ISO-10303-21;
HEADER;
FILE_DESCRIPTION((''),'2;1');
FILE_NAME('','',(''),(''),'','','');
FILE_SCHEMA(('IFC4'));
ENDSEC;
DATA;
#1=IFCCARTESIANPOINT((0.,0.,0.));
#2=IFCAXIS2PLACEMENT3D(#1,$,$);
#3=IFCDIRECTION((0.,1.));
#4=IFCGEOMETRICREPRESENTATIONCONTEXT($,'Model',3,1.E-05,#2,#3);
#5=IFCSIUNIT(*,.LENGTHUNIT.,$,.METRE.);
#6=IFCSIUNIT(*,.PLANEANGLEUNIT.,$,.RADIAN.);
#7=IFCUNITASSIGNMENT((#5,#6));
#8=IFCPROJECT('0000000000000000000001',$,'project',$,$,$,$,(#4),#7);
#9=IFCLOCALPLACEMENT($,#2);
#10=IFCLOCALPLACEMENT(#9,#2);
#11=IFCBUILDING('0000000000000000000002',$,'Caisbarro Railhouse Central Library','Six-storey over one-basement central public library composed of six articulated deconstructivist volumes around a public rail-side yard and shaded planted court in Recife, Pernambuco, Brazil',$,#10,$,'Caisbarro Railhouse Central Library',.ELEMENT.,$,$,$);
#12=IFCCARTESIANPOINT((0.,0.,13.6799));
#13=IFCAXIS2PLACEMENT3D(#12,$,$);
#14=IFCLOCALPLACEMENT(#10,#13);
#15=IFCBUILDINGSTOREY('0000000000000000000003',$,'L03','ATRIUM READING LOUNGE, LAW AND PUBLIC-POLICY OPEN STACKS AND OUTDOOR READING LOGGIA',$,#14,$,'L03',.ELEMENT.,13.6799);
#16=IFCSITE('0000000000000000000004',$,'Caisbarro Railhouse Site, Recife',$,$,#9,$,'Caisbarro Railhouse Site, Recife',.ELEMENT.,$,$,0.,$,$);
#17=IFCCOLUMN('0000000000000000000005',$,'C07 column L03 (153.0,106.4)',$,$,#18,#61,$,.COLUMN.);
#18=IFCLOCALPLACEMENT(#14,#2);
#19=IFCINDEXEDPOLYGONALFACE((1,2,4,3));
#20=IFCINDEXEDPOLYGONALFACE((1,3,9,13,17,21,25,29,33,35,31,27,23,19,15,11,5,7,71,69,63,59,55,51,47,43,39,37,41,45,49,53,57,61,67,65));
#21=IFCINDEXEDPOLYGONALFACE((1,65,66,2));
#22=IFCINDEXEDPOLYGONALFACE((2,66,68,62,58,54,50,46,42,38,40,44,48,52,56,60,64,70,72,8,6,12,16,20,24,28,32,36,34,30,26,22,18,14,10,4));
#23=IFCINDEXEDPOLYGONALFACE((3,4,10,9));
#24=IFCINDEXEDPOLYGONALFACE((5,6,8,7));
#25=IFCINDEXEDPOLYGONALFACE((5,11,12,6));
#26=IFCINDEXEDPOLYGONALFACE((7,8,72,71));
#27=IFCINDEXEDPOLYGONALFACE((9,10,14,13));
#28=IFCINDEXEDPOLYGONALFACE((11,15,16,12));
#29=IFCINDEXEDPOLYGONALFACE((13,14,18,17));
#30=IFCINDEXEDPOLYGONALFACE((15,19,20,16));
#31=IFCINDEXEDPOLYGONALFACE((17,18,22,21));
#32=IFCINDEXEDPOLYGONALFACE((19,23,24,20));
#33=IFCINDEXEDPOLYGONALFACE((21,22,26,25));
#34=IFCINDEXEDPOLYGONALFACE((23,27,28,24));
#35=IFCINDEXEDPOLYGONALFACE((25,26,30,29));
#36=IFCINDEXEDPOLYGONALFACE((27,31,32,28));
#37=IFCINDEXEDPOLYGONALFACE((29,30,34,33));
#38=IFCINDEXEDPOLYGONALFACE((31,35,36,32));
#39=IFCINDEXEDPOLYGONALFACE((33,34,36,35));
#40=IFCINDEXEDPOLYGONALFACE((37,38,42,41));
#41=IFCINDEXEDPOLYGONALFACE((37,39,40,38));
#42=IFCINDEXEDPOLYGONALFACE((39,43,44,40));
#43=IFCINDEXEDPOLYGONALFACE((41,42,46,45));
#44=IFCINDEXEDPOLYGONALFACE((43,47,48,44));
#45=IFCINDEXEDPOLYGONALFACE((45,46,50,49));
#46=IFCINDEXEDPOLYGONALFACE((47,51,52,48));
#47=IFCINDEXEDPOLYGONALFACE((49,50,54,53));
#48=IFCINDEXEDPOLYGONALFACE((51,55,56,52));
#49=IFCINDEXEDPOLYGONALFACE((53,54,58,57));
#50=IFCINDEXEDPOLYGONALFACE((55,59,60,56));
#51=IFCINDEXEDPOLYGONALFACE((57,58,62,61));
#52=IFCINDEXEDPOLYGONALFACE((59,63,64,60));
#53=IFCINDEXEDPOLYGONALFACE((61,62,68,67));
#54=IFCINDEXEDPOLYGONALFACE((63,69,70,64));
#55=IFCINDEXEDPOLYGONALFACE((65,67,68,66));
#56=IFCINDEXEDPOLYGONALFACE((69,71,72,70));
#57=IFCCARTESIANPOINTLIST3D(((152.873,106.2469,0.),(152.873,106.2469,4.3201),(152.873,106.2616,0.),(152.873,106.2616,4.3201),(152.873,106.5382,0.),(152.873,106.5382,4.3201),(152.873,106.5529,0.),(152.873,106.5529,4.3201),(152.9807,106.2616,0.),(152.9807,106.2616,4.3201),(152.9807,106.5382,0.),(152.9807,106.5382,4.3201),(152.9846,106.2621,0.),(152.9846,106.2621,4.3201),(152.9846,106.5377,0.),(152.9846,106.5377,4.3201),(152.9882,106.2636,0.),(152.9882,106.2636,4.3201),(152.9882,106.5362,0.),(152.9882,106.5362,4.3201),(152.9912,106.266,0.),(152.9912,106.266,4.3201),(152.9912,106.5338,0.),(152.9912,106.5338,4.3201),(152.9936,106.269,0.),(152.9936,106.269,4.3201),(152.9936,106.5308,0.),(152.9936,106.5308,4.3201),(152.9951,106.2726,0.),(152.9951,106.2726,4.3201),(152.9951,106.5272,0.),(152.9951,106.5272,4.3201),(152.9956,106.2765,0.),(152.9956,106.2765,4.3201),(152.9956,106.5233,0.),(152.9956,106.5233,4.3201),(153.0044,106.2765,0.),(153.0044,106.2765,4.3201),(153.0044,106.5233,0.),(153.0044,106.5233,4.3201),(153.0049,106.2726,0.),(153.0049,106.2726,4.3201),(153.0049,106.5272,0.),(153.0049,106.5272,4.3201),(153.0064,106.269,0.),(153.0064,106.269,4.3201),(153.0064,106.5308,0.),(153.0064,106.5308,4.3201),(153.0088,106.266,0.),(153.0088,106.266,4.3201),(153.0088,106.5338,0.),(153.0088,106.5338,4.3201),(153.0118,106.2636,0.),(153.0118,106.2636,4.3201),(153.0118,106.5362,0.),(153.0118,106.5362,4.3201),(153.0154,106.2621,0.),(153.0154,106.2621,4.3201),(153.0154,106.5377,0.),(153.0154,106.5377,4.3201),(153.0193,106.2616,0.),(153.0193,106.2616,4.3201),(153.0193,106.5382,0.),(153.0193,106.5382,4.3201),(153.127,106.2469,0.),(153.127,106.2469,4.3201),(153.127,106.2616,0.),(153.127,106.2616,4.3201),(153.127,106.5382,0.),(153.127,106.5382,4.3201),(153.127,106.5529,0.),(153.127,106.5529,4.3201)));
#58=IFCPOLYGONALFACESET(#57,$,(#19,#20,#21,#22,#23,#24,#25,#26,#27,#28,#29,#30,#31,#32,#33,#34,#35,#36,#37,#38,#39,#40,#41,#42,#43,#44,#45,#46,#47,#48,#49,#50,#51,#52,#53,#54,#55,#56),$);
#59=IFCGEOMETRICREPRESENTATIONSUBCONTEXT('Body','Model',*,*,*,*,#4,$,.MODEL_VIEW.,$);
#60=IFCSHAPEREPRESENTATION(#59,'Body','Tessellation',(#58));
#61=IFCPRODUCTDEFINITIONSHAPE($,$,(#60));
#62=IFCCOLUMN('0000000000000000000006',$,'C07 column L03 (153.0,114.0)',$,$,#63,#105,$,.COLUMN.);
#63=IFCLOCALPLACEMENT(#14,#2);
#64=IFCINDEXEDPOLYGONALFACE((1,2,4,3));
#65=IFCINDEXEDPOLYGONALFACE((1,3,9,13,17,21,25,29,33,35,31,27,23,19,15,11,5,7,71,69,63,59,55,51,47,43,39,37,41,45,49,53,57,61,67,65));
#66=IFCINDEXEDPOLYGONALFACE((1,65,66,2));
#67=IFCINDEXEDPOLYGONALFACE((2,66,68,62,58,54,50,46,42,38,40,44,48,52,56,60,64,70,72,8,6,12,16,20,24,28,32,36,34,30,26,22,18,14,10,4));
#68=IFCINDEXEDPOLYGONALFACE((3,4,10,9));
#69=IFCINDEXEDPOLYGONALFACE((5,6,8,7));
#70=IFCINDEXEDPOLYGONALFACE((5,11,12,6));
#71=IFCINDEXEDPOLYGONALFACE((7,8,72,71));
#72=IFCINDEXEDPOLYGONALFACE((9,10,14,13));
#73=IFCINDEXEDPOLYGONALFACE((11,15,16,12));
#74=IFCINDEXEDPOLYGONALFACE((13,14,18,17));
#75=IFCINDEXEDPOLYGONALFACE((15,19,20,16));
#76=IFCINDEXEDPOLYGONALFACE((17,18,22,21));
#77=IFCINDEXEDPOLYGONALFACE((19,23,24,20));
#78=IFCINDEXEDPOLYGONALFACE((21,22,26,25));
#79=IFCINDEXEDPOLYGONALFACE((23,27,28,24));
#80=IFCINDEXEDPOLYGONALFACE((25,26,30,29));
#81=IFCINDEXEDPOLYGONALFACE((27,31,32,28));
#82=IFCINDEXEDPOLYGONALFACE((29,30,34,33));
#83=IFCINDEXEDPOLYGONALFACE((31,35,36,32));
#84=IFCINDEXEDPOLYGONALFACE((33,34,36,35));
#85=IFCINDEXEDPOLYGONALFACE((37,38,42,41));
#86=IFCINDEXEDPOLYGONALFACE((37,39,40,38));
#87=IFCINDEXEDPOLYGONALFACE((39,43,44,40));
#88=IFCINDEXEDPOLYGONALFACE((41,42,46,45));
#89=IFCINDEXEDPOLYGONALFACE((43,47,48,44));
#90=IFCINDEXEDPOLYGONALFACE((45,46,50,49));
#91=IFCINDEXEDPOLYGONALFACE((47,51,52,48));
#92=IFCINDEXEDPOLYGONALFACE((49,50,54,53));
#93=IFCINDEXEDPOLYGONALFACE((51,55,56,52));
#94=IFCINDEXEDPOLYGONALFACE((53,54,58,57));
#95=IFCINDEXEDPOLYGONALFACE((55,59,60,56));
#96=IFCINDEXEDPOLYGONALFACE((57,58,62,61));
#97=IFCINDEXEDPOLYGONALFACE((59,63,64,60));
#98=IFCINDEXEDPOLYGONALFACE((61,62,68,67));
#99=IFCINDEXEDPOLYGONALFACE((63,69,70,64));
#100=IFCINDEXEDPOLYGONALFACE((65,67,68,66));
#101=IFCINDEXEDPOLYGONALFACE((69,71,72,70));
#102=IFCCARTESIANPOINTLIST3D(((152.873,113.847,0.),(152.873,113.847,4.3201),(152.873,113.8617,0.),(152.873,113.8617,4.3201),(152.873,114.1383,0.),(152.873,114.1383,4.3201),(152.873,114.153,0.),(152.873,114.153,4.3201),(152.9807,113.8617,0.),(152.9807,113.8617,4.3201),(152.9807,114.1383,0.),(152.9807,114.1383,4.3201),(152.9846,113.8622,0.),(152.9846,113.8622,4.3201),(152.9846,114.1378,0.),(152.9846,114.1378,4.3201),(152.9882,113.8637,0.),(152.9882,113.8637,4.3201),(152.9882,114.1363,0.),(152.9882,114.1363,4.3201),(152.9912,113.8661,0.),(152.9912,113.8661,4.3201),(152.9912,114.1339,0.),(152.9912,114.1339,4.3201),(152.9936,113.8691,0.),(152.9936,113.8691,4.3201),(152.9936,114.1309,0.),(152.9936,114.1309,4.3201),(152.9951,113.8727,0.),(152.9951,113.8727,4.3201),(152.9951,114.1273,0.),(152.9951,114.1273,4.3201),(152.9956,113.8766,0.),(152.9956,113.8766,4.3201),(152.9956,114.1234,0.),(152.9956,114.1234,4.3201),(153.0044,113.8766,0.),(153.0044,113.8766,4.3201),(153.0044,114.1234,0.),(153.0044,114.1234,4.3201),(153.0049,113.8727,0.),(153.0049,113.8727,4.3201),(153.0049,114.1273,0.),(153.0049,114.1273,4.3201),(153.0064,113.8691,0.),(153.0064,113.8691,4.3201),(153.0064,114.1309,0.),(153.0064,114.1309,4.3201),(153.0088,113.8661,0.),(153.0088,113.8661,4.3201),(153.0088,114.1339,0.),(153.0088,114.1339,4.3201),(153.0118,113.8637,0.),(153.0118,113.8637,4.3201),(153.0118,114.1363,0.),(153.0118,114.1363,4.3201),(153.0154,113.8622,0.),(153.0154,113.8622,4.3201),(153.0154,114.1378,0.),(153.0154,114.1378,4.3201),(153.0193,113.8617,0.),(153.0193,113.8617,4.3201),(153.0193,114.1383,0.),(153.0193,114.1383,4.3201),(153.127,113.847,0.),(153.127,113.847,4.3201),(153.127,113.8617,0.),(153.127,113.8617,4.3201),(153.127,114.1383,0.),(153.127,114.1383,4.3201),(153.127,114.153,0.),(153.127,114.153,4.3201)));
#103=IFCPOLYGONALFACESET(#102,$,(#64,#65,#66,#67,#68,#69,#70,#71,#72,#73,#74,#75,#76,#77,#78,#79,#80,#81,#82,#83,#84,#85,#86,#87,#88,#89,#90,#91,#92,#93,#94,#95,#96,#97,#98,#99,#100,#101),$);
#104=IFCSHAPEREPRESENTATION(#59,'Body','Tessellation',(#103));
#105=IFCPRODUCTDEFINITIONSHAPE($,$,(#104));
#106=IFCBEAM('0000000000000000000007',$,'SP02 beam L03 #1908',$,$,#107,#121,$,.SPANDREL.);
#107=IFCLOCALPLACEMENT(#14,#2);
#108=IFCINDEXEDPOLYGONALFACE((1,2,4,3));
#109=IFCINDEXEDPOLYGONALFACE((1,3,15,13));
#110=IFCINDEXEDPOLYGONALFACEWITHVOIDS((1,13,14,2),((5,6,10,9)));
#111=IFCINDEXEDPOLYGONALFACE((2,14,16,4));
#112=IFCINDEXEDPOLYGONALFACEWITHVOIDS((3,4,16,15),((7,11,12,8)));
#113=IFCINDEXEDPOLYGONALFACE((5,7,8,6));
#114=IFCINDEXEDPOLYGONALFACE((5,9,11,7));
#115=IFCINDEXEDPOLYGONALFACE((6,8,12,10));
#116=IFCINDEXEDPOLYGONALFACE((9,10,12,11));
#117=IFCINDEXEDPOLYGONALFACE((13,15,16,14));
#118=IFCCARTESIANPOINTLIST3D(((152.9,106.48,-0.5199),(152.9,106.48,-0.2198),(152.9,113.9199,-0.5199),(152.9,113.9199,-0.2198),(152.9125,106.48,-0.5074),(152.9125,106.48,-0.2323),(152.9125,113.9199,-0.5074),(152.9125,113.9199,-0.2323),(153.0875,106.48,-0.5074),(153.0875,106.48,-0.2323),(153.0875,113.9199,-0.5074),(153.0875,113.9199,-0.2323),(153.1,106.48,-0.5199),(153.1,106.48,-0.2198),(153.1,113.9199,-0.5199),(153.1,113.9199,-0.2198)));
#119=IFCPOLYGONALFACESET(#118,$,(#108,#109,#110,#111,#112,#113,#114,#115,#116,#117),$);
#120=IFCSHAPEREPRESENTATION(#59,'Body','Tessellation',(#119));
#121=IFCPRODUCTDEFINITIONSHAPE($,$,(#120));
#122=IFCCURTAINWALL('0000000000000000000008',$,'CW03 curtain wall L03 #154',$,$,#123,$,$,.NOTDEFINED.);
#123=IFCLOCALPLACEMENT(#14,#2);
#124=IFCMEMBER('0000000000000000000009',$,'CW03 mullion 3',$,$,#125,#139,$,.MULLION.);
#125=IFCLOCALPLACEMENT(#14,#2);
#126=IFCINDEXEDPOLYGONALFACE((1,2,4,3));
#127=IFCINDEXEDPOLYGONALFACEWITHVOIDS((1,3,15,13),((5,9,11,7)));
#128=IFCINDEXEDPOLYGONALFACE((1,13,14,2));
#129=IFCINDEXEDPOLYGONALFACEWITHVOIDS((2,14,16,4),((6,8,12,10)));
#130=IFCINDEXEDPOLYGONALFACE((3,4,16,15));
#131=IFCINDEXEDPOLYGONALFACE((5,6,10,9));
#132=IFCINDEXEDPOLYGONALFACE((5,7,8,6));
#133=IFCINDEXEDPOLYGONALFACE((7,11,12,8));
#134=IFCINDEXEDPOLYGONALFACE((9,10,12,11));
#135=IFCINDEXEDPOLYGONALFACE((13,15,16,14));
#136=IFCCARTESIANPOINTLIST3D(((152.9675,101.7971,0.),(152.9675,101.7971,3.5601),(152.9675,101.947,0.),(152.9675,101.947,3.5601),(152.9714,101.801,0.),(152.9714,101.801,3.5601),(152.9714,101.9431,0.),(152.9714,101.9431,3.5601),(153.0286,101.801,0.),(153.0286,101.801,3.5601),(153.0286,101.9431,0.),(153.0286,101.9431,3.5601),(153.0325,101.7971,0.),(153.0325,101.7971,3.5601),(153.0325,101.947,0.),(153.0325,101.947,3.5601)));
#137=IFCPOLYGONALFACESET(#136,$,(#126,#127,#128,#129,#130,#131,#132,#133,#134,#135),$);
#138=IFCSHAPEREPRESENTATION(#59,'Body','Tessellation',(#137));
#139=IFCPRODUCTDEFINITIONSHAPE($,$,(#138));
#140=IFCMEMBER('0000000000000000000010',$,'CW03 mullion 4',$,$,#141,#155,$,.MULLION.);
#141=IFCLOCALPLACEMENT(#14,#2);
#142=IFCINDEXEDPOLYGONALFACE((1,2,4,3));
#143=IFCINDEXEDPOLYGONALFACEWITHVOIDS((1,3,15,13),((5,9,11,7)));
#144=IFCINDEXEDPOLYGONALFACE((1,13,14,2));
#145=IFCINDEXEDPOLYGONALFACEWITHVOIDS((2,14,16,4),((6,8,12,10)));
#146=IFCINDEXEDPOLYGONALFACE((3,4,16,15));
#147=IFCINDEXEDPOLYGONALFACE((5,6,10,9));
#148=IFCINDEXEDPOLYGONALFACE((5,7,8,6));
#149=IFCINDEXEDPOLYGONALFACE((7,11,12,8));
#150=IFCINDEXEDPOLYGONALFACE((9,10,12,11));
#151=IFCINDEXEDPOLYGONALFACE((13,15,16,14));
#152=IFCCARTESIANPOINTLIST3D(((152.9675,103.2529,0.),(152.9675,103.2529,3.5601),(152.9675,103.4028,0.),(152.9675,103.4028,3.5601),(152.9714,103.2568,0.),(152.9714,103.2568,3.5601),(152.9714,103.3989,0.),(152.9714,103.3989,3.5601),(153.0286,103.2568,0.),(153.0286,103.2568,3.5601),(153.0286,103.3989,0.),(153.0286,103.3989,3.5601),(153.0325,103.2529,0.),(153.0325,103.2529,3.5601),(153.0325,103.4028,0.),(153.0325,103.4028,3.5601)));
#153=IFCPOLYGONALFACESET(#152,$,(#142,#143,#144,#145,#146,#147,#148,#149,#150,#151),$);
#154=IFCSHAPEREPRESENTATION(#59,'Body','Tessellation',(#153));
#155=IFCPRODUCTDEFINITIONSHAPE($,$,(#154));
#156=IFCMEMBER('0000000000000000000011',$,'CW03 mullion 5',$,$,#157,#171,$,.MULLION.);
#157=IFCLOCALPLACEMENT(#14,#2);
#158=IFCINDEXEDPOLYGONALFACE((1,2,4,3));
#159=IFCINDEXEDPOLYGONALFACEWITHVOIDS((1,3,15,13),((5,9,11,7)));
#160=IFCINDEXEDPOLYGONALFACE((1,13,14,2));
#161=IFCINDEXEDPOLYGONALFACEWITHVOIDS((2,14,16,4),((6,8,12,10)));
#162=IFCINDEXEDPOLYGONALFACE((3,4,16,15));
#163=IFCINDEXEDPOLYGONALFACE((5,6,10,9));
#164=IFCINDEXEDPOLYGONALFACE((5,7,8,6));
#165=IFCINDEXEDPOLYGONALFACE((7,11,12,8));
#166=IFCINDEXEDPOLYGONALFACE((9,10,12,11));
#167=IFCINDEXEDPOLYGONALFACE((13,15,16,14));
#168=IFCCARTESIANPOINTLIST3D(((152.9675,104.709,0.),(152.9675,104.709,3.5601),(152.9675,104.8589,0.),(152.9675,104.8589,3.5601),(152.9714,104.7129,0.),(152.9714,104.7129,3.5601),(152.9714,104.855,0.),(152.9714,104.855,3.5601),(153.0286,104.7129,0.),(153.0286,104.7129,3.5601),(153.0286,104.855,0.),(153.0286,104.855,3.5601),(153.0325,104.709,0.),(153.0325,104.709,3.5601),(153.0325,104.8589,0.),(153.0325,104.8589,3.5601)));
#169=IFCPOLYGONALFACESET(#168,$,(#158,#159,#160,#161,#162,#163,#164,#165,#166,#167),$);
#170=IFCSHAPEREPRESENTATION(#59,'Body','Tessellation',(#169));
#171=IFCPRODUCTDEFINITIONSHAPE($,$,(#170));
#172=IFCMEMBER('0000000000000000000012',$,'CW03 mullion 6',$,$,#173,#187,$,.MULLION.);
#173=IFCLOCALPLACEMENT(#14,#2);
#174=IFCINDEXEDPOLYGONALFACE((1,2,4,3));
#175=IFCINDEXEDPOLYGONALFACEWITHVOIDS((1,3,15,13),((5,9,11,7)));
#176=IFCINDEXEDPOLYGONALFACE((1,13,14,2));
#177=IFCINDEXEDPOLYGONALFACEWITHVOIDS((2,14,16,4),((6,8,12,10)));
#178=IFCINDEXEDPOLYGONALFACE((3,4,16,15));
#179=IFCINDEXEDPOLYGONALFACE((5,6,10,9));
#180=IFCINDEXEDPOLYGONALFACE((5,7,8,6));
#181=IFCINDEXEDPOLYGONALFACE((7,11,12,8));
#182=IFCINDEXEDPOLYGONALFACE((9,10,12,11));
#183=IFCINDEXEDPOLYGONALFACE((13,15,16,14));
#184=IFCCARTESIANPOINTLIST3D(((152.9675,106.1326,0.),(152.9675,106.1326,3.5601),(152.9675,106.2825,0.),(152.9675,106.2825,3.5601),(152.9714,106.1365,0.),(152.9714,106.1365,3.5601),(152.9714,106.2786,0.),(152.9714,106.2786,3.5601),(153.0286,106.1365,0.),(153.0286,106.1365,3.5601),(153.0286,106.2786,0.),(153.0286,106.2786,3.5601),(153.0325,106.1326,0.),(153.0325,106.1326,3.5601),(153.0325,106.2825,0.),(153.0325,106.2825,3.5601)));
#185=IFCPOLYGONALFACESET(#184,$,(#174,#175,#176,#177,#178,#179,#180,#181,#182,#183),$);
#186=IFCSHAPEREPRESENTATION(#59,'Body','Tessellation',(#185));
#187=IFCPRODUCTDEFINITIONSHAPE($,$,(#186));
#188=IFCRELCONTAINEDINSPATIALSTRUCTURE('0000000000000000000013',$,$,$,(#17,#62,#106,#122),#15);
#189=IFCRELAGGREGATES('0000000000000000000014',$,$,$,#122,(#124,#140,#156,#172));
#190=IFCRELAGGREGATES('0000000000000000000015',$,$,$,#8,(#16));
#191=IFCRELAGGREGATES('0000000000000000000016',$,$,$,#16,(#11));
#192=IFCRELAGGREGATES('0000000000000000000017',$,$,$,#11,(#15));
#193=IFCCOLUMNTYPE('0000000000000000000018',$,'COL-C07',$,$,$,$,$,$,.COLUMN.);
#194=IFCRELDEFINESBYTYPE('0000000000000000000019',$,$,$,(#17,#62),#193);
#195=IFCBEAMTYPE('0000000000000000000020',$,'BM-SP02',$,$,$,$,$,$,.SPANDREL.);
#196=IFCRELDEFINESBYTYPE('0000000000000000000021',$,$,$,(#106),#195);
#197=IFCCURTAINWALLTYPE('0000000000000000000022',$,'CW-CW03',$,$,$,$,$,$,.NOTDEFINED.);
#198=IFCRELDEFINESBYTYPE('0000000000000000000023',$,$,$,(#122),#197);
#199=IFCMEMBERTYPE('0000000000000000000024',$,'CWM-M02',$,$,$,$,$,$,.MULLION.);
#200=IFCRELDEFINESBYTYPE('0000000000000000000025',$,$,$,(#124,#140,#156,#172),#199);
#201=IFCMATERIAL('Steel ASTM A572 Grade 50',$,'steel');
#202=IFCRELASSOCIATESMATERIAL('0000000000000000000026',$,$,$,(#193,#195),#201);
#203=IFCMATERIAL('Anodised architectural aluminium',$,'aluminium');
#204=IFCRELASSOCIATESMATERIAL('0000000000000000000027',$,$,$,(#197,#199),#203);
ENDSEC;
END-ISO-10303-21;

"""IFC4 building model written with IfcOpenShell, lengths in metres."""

from ifc_helpers import new_model, si_unit, direction, frame, origin, origin_2d, place, context, subcontext, project, spatial, hollow_rectangle, i_section, extrude, material, material_profile, profile_set, type_object, element, aggregate, save


model = new_model("IFC4")

# Units and contexts
model_context = context("Model", 3, precision=1e-05, world=origin(), true_north=direction((0.0, 1.0)))
body_context = subcontext(model_context, "Body", "Model", "MODEL_VIEW")
ifc_project = project(units=[si_unit("LENGTHUNIT", "METRE"), si_unit("PLANEANGLEUNIT", "RADIAN")], contexts=[model_context])

# Site, building, storey
site_placement = place(None, origin())
site = spatial("IfcSite", under=ifc_project, at=site_placement, Name="Caisbarro Railhouse Site, Recife", LongName="Caisbarro Railhouse Site, Recife", CompositionType="ELEMENT", RefElevation=0.0)
building_placement = place(site_placement, origin())
building = spatial("IfcBuilding", under=site, at=building_placement, Name="Caisbarro Railhouse Central Library", Description="Six-storey over one-basement central public library composed of six articulated deconstructivist volumes around a public rail-side yard and shaded planted court in Recife, Pernambuco, Brazil", LongName="Caisbarro Railhouse Central Library", CompositionType="ELEMENT")
storey_placement = place(building_placement, frame((0.0, 0.0, 13.6799)))
storey = spatial("IfcBuildingStorey", under=building, at=storey_placement, Name="L03", Description="ATRIUM READING LOUNGE, LAW AND PUBLIC-POLICY OPEN STACKS AND OUTDOOR READING LOGGIA", LongName="L03", CompositionType="ELEMENT", Elevation=13.6799)

# Columns
ifc_material_1 = material(Name="Steel ASTM A572 Grade 50", Category="steel")
ifc_material_profile_1 = material_profile(ifc_material_1, i_section(OverallWidth=0.2539, OverallDepth=0.3059, WebThickness=0.0088, FlangeThickness=0.0146, FilletRadius=0.0149, at=origin_2d()), Name="W310X79.0")
ifc_profile_set_1 = profile_set([ifc_material_profile_1], Name="Steel ASTM A572 Grade 50")
column_type = type_object("IfcColumnType", Name="COL-C07", PredefinedType="COLUMN", material=ifc_profile_set_1)
for number, where, z_axis, x_axis, name in (
    (1, (153.0, 106.3999, 0.0), (0.0, 0.0, 1.0), (1.0, 0.0, 0.0), "C07 column L03 (153.0,106.4)"),
    (2, (153.0, 114.0, 0.0), (0.0, 0.0, 1.0), (1.0, 0.0, 0.0), "C07 column L03 (153.0,114.0)"),
):
    element("IfcColumn", number, at=place(storey_placement, frame(where, z_axis=z_axis, x_axis=x_axis)), inside=storey, type_object=column_type, Name=name, PredefinedType="COLUMN", context=body_context, shape_type="SweptSolid", body=[
        extrude(i_section(OverallWidth=0.2539, OverallDepth=0.3059, WebThickness=0.0088, FlangeThickness=0.0146, FilletRadius=0.0149, at=origin_2d()), origin(), (0.0, 0.0, 1.0), 4.3201),
    ])

# Beam
ifc_material_profile_2 = material_profile(ifc_material_1, hollow_rectangle(XDim=0.2, YDim=0.3, WallThickness=0.0125, at=origin_2d()), Name="HSS300X200X12.5")
ifc_profile_set_2 = profile_set([ifc_material_profile_2], Name="Steel ASTM A572 Grade 50")
beam_type = type_object("IfcBeamType", Name="BM-SP02", PredefinedType="SPANDREL", material=ifc_profile_set_2)
beam_placement = place(storey_placement, frame((153.0, 106.48, -0.3699), z_axis=(0.0, 1.0, 0.0), x_axis=(-1.0, 0.0, 0.0)))
element("IfcBeam", 3, at=beam_placement, inside=storey, type_object=beam_type, Name="SP02 beam L03 #1908", PredefinedType="SPANDREL", context=body_context, shape_type="SweptSolid", body=[
    extrude(hollow_rectangle(XDim=0.2, YDim=0.3, WallThickness=0.0125, at=origin_2d()), origin(), (0.0, 0.0, 1.0), 7.4399),
])

# Curtain wall, members
ifc_material_2 = material(Name="Anodised architectural aluminium", Category="aluminium")
curtain_wall_type = type_object("IfcCurtainWallType", Name="CW-CW03", PredefinedType="NOTDEFINED", material=ifc_material_2)
curtain_wall_placement = place(storey_placement, origin())
curtain_wall = element("IfcCurtainWall", 4, at=curtain_wall_placement, inside=storey, type_object=curtain_wall_type, Name="CW03 curtain wall L03 #154", PredefinedType="NOTDEFINED")
ifc_material_profile_3 = material_profile(ifc_material_2, hollow_rectangle(XDim=0.0649, YDim=0.1499, WallThickness=0.0039, at=origin_2d()), Name="ALU-MUL-65X150")
ifc_profile_set_3 = profile_set([ifc_material_profile_3], Name="Anodised architectural aluminium")
member_type_1 = type_object("IfcMemberType", Name="CWM-M02", PredefinedType="MULLION", material=ifc_profile_set_3)
member_1_placement = place(storey_placement, frame((153.0, 101.8721, 0.0), z_axis=(0.0, 0.0, 1.0), x_axis=(-1.0, 0.0, 0.0)))
member_1 = element("IfcMember", 5, at=member_1_placement, type_object=member_type_1, Name="CW03 mullion 3", PredefinedType="MULLION", context=body_context, shape_type="SweptSolid", body=[
    extrude(hollow_rectangle(XDim=0.0649, YDim=0.1499, WallThickness=0.0039, at=origin_2d()), origin(), (0.0, 0.0, 1.0), 3.5601),
])
member_2_placement = place(storey_placement, frame((153.0, 103.3279, 0.0), z_axis=(0.0, 0.0, 1.0), x_axis=(-1.0, 0.0, 0.0)))
member_2 = element("IfcMember", 6, at=member_2_placement, type_object=member_type_1, Name="CW03 mullion 4", PredefinedType="MULLION", context=body_context, shape_type="SweptSolid", body=[
    extrude(hollow_rectangle(XDim=0.0649, YDim=0.1499, WallThickness=0.0039, at=origin_2d()), origin(), (0.0, 0.0, 1.0), 3.5601),
])
member_3_placement = place(storey_placement, frame((153.0, 104.7839, 0.0), z_axis=(0.0, 0.0, 1.0), x_axis=(-1.0, 0.0, 0.0)))
member_3 = element("IfcMember", 7, at=member_3_placement, type_object=member_type_1, Name="CW03 mullion 5", PredefinedType="MULLION", context=body_context, shape_type="SweptSolid", body=[
    extrude(hollow_rectangle(XDim=0.0649, YDim=0.1499, WallThickness=0.0039, at=origin_2d()), origin(), (0.0, 0.0, 1.0), 3.5601),
])
member_4_placement = place(storey_placement, frame((153.0, 106.2075, 0.0), z_axis=(0.0, 0.0, 1.0), x_axis=(-1.0, 0.0, 0.0)))
member_4 = element("IfcMember", 8, at=member_4_placement, type_object=member_type_1, Name="CW03 mullion 6", PredefinedType="MULLION", context=body_context, shape_type="SweptSolid", body=[
    extrude(hollow_rectangle(XDim=0.0649, YDim=0.1499, WallThickness=0.0039, at=origin_2d()), origin(), (0.0, 0.0, 1.0), 3.5601),
])
aggregate(curtain_wall, [member_1, member_2, member_3, member_4])

save(model, "model.ifc")
